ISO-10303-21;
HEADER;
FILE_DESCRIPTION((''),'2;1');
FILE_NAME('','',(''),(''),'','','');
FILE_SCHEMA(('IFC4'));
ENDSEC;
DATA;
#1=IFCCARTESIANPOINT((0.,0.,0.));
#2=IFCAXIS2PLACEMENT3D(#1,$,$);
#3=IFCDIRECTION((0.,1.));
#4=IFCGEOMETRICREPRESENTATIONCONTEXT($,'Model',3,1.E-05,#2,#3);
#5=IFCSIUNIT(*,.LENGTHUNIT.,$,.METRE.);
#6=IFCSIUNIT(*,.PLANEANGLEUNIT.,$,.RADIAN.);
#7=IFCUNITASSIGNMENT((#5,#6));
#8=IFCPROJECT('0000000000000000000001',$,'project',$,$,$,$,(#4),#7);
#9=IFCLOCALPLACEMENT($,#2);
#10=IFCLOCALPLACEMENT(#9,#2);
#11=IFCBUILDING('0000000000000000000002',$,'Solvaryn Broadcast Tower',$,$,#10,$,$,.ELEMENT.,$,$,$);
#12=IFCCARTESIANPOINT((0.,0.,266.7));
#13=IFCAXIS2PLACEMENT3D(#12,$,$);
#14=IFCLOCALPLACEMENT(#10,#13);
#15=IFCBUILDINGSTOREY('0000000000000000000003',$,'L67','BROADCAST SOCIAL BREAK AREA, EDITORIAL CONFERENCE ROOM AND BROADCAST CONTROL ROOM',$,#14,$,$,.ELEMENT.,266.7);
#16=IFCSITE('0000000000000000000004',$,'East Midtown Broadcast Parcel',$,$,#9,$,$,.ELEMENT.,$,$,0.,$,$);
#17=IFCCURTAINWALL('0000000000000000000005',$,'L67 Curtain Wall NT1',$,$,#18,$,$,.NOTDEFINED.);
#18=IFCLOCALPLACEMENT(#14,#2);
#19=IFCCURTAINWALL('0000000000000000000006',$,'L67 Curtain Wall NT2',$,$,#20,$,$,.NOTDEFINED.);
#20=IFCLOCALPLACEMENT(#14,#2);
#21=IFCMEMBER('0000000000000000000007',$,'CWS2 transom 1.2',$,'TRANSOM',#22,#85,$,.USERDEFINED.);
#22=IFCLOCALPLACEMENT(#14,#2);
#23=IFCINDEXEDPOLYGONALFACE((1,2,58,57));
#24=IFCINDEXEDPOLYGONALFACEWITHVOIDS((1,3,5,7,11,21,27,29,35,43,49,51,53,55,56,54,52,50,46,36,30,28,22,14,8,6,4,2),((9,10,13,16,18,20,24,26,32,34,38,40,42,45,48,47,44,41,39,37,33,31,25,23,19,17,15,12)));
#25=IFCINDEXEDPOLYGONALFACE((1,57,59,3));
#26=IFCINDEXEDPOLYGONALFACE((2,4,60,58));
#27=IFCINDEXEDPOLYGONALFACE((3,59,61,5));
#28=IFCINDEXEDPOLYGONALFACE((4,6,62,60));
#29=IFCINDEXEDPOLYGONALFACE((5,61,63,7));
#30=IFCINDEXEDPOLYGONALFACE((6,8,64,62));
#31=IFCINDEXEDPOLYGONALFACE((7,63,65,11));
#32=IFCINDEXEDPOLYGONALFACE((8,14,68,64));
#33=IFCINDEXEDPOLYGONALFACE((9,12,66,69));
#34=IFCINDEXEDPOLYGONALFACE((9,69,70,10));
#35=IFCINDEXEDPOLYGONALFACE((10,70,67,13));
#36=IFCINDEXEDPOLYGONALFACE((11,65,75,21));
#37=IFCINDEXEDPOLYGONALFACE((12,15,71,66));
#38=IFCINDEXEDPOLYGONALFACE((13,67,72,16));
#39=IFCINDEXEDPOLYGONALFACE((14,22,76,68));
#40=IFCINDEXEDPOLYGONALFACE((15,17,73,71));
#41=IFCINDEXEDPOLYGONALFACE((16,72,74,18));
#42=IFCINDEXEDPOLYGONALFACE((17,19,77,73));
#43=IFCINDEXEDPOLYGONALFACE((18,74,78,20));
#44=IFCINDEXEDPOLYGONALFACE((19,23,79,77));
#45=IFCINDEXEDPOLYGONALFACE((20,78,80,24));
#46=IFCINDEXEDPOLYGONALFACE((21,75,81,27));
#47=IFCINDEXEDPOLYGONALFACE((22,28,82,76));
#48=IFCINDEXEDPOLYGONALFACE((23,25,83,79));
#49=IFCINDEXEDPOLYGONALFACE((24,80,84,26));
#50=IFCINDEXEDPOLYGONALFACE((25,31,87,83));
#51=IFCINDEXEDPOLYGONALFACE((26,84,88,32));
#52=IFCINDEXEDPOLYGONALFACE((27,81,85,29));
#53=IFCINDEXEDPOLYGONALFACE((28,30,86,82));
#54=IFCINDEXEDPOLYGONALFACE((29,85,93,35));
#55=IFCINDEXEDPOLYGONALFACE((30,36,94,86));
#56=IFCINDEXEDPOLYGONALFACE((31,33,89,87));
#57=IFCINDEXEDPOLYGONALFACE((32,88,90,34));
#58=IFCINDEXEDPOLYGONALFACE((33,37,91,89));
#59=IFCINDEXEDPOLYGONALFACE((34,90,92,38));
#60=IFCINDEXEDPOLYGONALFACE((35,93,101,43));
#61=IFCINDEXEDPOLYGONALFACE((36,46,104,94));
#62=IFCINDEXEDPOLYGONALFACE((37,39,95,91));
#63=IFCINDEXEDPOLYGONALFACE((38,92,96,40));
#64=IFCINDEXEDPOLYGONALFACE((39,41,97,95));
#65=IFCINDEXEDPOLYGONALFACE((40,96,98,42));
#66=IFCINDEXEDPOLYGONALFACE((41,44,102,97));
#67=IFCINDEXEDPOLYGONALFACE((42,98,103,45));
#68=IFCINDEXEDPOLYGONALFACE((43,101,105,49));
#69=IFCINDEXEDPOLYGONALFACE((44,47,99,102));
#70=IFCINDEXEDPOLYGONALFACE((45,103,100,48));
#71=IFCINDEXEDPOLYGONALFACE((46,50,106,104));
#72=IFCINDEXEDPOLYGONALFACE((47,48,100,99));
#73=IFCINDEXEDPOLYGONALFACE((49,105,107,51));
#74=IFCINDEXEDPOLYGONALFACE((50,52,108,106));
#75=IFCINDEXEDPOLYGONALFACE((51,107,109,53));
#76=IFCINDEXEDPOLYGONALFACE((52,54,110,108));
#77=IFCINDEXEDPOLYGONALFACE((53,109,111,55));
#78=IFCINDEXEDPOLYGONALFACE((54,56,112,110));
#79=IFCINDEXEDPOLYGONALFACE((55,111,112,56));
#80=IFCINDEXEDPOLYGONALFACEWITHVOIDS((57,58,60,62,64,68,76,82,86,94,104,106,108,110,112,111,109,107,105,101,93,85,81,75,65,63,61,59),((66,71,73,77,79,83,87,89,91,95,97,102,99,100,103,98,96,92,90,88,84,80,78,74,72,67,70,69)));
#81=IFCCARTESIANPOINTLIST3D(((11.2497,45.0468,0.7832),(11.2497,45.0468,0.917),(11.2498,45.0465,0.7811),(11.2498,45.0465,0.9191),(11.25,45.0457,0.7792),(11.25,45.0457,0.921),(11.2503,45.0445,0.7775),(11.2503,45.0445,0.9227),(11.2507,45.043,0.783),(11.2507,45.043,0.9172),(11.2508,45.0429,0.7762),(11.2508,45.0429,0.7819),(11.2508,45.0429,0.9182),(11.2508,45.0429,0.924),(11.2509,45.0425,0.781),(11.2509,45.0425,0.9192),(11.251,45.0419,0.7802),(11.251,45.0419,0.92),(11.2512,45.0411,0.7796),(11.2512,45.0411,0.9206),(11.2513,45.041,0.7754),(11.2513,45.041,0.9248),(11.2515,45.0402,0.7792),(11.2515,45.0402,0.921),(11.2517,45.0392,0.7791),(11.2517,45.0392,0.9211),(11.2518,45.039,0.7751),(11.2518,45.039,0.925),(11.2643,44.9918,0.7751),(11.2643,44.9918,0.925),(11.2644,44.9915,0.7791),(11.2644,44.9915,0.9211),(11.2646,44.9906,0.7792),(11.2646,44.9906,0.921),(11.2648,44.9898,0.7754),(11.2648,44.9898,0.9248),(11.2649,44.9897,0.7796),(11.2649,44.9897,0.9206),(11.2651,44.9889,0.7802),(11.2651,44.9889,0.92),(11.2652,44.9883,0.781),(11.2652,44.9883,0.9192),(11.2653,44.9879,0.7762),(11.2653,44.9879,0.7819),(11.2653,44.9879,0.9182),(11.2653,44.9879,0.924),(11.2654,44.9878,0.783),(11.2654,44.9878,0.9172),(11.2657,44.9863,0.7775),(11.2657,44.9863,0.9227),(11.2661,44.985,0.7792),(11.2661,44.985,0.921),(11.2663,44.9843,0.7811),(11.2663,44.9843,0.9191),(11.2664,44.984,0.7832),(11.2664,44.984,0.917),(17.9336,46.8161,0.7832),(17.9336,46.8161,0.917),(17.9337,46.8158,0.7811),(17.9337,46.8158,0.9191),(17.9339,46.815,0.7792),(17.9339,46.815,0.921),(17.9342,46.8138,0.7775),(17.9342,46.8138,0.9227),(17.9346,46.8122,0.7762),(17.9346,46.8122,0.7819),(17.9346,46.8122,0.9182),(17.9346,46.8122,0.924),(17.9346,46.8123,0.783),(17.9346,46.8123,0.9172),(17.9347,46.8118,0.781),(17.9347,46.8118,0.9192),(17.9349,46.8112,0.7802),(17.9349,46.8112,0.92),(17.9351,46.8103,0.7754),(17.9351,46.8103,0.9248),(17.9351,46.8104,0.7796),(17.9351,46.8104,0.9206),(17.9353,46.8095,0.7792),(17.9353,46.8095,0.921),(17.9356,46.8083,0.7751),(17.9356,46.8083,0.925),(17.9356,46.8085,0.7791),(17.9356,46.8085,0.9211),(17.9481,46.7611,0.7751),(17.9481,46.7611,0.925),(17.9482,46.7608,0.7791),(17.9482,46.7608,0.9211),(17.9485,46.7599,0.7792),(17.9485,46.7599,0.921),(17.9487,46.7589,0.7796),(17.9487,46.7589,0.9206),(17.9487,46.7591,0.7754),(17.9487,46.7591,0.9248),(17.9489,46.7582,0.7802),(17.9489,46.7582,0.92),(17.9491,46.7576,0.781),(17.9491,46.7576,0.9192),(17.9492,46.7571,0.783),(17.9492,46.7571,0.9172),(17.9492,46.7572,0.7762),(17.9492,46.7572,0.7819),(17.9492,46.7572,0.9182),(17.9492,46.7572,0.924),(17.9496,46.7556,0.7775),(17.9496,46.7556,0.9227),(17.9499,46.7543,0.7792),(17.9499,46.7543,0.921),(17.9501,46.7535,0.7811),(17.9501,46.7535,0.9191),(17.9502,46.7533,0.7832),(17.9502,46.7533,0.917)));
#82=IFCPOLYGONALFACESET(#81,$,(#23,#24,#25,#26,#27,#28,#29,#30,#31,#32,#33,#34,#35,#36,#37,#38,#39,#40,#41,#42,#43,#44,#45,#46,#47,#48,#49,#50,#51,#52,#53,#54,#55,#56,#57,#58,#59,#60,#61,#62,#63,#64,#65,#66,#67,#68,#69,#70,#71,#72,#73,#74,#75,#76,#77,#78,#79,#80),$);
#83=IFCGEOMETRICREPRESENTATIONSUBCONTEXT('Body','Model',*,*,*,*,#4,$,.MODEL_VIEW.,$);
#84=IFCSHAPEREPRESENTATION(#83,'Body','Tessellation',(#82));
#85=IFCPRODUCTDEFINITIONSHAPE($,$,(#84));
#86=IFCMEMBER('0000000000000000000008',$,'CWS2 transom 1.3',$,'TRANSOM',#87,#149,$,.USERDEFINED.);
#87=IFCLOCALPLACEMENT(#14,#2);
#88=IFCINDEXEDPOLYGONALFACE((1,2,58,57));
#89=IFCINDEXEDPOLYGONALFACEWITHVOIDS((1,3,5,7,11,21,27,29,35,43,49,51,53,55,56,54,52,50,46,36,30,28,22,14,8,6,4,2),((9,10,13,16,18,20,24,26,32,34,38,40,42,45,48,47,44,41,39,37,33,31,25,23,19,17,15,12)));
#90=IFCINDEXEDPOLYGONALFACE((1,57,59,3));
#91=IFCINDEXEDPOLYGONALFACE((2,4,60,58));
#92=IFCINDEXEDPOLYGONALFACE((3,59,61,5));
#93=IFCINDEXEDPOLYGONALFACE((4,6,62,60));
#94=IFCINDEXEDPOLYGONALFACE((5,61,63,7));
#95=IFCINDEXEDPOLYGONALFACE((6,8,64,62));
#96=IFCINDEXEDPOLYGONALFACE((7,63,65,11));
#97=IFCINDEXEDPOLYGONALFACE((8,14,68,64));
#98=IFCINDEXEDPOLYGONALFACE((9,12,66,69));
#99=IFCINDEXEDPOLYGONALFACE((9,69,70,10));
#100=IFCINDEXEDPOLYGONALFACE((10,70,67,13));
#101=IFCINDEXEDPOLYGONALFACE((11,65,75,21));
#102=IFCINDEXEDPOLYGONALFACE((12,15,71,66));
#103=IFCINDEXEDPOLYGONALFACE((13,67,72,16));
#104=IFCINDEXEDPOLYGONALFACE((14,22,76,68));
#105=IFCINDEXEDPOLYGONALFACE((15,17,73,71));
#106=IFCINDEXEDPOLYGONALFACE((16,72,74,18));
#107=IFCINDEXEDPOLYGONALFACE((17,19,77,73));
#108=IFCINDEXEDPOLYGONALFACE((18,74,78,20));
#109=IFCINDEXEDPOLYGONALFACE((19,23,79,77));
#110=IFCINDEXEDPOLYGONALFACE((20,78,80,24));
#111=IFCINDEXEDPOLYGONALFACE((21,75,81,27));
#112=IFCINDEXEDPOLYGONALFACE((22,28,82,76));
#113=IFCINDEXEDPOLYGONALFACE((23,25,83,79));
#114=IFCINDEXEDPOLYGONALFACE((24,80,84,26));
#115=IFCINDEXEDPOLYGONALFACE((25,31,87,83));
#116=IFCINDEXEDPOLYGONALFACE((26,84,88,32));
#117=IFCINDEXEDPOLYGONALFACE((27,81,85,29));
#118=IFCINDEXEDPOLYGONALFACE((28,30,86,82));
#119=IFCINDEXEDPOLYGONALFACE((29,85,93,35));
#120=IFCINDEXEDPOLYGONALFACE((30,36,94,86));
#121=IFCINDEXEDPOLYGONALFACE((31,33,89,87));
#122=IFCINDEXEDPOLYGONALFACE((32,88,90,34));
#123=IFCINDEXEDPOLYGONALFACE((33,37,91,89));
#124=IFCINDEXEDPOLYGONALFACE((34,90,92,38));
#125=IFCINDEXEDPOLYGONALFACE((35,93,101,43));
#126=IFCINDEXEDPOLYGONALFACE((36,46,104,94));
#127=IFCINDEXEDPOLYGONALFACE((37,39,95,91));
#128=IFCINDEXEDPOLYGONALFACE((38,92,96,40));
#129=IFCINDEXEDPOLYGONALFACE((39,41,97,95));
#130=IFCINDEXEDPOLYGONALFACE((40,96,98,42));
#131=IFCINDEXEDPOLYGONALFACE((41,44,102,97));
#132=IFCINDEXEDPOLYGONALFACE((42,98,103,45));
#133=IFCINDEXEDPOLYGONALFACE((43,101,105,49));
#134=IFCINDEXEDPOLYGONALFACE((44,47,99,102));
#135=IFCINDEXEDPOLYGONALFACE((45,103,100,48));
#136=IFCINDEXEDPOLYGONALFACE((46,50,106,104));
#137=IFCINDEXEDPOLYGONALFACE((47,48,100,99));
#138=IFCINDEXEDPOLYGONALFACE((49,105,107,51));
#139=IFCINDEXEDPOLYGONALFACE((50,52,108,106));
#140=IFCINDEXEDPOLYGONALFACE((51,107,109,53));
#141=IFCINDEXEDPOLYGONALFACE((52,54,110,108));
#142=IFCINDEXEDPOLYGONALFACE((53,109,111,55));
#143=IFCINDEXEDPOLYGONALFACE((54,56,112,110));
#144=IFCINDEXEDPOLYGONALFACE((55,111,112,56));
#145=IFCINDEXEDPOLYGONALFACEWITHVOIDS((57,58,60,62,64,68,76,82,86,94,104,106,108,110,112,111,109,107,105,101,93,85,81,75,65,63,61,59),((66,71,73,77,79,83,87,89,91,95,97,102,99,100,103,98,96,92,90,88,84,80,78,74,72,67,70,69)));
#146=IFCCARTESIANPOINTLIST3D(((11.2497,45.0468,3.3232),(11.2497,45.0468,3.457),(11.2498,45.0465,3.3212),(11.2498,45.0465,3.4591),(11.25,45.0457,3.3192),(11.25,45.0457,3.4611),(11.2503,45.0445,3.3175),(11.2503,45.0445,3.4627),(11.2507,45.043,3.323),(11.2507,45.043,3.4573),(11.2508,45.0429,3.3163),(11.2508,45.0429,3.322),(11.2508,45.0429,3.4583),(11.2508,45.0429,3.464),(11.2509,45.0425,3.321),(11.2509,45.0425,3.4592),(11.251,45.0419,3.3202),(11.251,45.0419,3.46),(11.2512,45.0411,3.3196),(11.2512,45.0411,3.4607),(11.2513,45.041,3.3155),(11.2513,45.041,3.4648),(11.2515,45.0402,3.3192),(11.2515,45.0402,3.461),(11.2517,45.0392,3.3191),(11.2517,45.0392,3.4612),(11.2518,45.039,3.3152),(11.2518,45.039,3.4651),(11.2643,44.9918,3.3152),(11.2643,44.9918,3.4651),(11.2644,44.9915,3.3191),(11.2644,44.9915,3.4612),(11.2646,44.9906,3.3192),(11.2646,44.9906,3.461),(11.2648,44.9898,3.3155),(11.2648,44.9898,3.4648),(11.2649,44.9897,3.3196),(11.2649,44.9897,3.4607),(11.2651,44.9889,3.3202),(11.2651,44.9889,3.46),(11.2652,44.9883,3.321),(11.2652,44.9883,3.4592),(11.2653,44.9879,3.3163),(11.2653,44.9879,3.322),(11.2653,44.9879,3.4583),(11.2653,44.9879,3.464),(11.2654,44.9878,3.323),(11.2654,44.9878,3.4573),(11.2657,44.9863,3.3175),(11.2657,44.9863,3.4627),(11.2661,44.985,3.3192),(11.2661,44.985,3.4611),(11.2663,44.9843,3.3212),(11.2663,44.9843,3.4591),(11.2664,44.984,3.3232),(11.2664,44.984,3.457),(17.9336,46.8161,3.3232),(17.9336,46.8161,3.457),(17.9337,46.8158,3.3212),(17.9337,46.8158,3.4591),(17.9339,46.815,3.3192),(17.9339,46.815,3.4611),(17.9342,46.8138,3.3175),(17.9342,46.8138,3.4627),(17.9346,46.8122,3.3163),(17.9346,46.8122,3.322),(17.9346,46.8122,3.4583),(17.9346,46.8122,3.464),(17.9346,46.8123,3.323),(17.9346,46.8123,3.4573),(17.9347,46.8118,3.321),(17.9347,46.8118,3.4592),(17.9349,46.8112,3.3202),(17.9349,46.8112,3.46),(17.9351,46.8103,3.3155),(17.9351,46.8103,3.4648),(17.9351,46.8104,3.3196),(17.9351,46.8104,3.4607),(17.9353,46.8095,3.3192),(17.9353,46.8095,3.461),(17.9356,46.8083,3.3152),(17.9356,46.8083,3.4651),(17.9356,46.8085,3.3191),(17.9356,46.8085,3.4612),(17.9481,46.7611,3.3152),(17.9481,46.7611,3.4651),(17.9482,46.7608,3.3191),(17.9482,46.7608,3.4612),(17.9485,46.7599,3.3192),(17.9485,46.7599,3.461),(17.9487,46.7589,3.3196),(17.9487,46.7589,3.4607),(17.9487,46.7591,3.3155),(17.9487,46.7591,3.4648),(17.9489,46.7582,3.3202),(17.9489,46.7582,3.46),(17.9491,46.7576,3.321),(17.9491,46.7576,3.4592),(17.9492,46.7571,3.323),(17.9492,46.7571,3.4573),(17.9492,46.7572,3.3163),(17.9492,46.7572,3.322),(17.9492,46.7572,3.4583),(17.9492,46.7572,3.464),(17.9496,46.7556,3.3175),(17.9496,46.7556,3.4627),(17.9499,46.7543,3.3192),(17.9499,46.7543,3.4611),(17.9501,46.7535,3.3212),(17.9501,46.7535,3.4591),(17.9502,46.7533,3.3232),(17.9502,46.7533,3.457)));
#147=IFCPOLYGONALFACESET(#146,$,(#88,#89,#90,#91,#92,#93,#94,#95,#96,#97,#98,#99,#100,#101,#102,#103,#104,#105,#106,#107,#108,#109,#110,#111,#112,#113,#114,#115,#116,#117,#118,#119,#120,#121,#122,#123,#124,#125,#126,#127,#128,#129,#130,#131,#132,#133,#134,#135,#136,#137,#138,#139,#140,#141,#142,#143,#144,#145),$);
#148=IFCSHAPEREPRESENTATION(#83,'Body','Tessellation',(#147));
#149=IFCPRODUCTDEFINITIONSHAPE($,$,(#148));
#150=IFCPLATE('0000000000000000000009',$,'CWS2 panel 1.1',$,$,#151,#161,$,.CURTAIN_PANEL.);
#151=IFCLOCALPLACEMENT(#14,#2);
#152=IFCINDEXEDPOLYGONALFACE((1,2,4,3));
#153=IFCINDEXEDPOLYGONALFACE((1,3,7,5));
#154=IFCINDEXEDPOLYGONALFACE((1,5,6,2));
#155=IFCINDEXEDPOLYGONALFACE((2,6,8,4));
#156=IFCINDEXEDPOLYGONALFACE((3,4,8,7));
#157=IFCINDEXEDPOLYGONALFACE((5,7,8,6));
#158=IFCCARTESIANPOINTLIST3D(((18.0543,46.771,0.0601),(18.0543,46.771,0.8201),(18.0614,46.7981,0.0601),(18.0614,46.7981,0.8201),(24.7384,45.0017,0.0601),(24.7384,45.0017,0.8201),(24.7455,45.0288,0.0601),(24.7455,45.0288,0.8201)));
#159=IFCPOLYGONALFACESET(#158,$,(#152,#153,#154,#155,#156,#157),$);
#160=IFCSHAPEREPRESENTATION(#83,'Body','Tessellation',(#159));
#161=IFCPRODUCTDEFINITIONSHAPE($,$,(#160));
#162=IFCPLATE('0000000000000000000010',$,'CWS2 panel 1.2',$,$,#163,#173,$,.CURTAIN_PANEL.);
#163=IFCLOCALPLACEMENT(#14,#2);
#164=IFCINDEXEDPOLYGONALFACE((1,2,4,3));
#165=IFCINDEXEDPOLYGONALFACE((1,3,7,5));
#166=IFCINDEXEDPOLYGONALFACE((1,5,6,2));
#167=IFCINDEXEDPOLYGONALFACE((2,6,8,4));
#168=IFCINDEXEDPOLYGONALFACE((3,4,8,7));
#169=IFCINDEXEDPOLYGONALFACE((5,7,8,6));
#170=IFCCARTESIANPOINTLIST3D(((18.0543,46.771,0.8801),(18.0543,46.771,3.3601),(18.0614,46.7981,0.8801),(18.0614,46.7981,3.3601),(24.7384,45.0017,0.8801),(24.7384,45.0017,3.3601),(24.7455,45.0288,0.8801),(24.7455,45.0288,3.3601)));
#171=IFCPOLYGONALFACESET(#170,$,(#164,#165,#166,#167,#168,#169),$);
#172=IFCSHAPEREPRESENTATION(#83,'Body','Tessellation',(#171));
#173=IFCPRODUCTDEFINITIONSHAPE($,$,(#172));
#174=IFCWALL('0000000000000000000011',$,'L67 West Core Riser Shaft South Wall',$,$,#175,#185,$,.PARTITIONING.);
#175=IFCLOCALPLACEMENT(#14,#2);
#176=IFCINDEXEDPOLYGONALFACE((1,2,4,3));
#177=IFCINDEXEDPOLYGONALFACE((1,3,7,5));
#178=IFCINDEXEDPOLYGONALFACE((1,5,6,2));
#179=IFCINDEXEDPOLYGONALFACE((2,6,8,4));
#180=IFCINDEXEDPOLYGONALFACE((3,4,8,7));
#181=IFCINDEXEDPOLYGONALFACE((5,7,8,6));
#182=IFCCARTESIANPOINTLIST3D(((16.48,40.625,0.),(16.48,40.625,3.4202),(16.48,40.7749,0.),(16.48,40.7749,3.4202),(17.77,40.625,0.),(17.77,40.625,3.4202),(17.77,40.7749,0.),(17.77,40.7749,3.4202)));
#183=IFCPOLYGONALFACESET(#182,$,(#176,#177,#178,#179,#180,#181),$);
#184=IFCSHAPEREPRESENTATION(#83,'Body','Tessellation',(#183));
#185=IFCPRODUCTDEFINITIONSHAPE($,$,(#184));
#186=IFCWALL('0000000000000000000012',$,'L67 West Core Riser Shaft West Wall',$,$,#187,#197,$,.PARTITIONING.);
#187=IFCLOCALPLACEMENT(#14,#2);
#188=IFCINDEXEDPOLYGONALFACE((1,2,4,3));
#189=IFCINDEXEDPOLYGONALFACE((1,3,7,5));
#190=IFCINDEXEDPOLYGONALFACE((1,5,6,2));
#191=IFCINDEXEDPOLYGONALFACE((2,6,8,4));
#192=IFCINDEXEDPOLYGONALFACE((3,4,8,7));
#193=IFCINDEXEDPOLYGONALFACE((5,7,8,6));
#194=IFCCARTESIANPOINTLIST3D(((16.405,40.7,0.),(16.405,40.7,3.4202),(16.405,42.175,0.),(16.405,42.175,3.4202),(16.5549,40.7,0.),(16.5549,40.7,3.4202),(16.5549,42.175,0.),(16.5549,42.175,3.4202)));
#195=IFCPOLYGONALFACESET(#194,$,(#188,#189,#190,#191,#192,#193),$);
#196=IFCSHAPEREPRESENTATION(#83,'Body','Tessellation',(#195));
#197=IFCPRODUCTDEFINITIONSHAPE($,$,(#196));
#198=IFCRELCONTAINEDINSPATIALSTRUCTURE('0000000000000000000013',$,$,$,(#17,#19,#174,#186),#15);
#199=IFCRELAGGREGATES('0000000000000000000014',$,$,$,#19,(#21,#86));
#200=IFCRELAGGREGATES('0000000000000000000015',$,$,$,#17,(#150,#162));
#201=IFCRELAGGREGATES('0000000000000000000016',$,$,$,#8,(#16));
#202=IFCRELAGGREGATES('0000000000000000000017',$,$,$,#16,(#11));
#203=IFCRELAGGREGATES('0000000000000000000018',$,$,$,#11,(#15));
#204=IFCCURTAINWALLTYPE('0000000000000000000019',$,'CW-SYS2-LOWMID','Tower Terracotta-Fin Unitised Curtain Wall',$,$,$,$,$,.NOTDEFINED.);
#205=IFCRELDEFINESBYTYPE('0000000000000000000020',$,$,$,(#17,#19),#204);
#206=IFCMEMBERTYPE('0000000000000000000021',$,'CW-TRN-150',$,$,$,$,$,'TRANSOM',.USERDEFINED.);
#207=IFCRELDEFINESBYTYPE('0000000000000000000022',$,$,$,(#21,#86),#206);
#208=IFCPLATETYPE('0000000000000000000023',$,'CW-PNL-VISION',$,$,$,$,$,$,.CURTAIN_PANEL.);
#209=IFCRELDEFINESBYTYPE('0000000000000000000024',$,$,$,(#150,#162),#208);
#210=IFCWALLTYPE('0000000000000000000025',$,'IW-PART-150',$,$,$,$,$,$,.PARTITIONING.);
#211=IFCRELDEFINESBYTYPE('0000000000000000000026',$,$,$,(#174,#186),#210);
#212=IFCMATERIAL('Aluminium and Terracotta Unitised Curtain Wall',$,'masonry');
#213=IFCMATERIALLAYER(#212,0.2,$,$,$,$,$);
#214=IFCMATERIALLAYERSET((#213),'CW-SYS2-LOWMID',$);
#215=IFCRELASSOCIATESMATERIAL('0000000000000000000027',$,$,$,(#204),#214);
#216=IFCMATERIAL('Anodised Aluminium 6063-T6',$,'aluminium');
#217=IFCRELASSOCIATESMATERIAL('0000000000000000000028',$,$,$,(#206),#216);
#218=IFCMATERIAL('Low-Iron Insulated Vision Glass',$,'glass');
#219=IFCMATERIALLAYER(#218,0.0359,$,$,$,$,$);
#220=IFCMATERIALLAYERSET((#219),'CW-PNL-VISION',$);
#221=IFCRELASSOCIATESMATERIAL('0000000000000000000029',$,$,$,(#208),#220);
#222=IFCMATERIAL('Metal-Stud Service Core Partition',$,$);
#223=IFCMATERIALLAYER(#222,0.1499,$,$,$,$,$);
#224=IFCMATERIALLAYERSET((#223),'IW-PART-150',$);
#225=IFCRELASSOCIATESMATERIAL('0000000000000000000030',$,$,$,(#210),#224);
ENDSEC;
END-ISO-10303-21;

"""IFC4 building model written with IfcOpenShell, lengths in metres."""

from ifc_helpers import new_model, si_unit, direction, frame, frame_2d, origin, origin_2d, place, context, subcontext, project, spatial, rectangle, hollow_rectangle, extrude, material, layer, layer_set, material_profile, profile_set, type_object, element, aggregate, save


model = new_model("IFC4")

# Units and contexts
model_context = context("Model", 3, precision=1e-05, world=origin(), true_north=direction((0.0, 1.0)))
body_context = subcontext(model_context, "Body", "Model", "MODEL_VIEW")
ifc_project = project(units=[si_unit("LENGTHUNIT", "METRE"), si_unit("PLANEANGLEUNIT", "RADIAN")], contexts=[model_context])

# Site, building, storey
site_placement = place(None, origin())
site = spatial("IfcSite", under=ifc_project, at=site_placement, Name="East Midtown Broadcast Parcel", CompositionType="ELEMENT", RefElevation=0.0)
building_placement = place(site_placement, origin())
building = spatial("IfcBuilding", under=site, at=building_placement, Name="Solvaryn Broadcast Tower", CompositionType="ELEMENT")
storey_placement = place(building_placement, frame((0.0, 0.0, 266.7)))
storey = spatial("IfcBuildingStorey", under=building, at=storey_placement, Name="L67", Description="BROADCAST SOCIAL BREAK AREA, EDITORIAL CONFERENCE ROOM AND BROADCAST CONTROL ROOM", CompositionType="ELEMENT", Elevation=266.7)

# Curtain wall
ifc_material_1 = material(Name="Aluminium and Terracotta Unitised Curtain Wall", Category="masonry")
ifc_layer_1 = layer(ifc_material_1, 0.2)
ifc_layer_set_1 = layer_set([ifc_layer_1], Name="CW-SYS2-LOWMID")
curtain_wall_type = type_object("IfcCurtainWallType", Name="CW-SYS2-LOWMID", Description="Tower Terracotta-Fin Unitised Curtain Wall", PredefinedType="NOTDEFINED", material=ifc_layer_set_1)
curtain_wall_1_placement = place(storey_placement, origin())
curtain_wall_1 = element("IfcCurtainWall", 1, at=curtain_wall_1_placement, inside=storey, type_object=curtain_wall_type, Name="L67 Curtain Wall NT1", PredefinedType="NOTDEFINED")

# Curtain wall, members
curtain_wall_2_placement = place(storey_placement, origin())
curtain_wall_2 = element("IfcCurtainWall", 2, at=curtain_wall_2_placement, inside=storey, type_object=curtain_wall_type, Name="L67 Curtain Wall NT2", PredefinedType="NOTDEFINED")
ifc_material_2 = material(Name="Anodised Aluminium 6063-T6", Category="aluminium")
ifc_material_profile_1 = material_profile(ifc_material_2, hollow_rectangle(XDim=0.0649, YDim=0.1499, WallThickness=0.0039, InnerFilletRadius=0.0039, OuterFilletRadius=0.0081, at=origin_2d()))
ifc_profile_set_1 = profile_set([ifc_material_profile_1], Name="Anodised Aluminium 6063-T6")
member_type_1 = type_object("IfcMemberType", Name="CW-TRN-150", ElementType="TRANSOM", PredefinedType="USERDEFINED", material=ifc_profile_set_1)
member_1_placement = place(storey_placement, frame((17.9419, 46.7847, 0.8501), z_axis=(-0.966704, -0.255897, 0.0), x_axis=(0.255897, -0.966704, 0.0)))
member_1 = element("IfcMember", 3, at=member_1_placement, type_object=member_type_1, Name="CWS2 transom 1.2", ObjectType="TRANSOM", PredefinedType="USERDEFINED", context=body_context, shape_type="SweptSolid", body=[
    extrude(hollow_rectangle(XDim=0.0649, YDim=0.1499, WallThickness=0.0039, InnerFilletRadius=0.0039, OuterFilletRadius=0.0081, at=origin_2d()), origin(), (0.0, 0.0, 1.0), 6.9141),
])
member_2_placement = place(storey_placement, frame((17.9419, 46.7847, 3.3901), z_axis=(-0.966704, -0.255897, 0.0), x_axis=(0.255897, -0.966704, 0.0)))
member_2 = element("IfcMember", 4, at=member_2_placement, type_object=member_type_1, Name="CWS2 transom 1.3", ObjectType="TRANSOM", PredefinedType="USERDEFINED", context=body_context, shape_type="SweptSolid", body=[
    extrude(hollow_rectangle(XDim=0.0649, YDim=0.1499, WallThickness=0.0039, InnerFilletRadius=0.0039, OuterFilletRadius=0.0081, at=origin_2d()), origin(), (0.0, 0.0, 1.0), 6.9141),
])
aggregate(curtain_wall_2, [member_1, member_2])

# Plates
ifc_material_3 = material(Name="Low-Iron Insulated Vision Glass", Category="glass")
ifc_layer_2 = layer(ifc_material_3, 0.0359)
ifc_layer_set_2 = layer_set([ifc_layer_2], Name="CW-PNL-VISION")
plate_type = type_object("IfcPlateType", Name="CW-PNL-VISION", PredefinedType="CURTAIN_PANEL", material=ifc_layer_set_2)
plate_1_placement = place(storey_placement, frame((21.3999, 45.8999, 0.0601), z_axis=(0.0, 0.0, 1.0), x_axis=(-0.966705, 0.255893, 0.0)))
plate_1 = element("IfcPlate", 5, at=plate_1_placement, type_object=plate_type, Name="CWS2 panel 1.1", PredefinedType="CURTAIN_PANEL", context=body_context, shape_type="SweptSolid", body=[
    extrude(rectangle(XDim=6.9143, YDim=0.0281, at=origin_2d()), origin(), (0.0, 0.0, 1.0), 0.76),
])
plate_2_placement = place(storey_placement, frame((21.3999, 45.8999, 0.8801), z_axis=(0.0, 0.0, 1.0), x_axis=(-0.966705, 0.255893, 0.0)))
plate_2 = element("IfcPlate", 6, at=plate_2_placement, type_object=plate_type, Name="CWS2 panel 1.2", PredefinedType="CURTAIN_PANEL", context=body_context, shape_type="SweptSolid", body=[
    extrude(rectangle(XDim=6.9143, YDim=0.0281, at=origin_2d()), origin(), (0.0, 0.0, 1.0), 2.48),
])
aggregate(curtain_wall_1, [plate_1, plate_2])

# Walls
ifc_material_4 = material(Name="Metal-Stud Service Core Partition")
ifc_layer_3 = layer(ifc_material_4, 0.1499)
ifc_layer_set_3 = layer_set([ifc_layer_3], Name="IW-PART-150")
wall_type_1 = type_object("IfcWallType", Name="IW-PART-150", PredefinedType="PARTITIONING", material=ifc_layer_set_3)
wall_1_placement = place(storey_placement, frame((16.48, 40.7, 0.0), z_axis=(0.0, 0.0, 1.0), x_axis=(1.0, 0.0, 0.0)))
element("IfcWall", 7, at=wall_1_placement, inside=storey, type_object=wall_type_1, Name="L67 West Core Riser Shaft South Wall", PredefinedType="PARTITIONING", context=body_context, shape_type="SweptSolid", body=[
    extrude(rectangle(XDim=1.29, YDim=0.1499, at=frame_2d((0.645, 0.0))), origin(), (0.0, 0.0, 1.0), 3.4202),
])
wall_2_placement = place(storey_placement, frame((16.48, 40.7, 0.0), z_axis=(0.0, 0.0, 1.0), x_axis=(0.0, 1.0, 0.0)))
element("IfcWall", 8, at=wall_2_placement, inside=storey, type_object=wall_type_1, Name="L67 West Core Riser Shaft West Wall", PredefinedType="PARTITIONING", context=body_context, shape_type="SweptSolid", body=[
    extrude(rectangle(XDim=1.4751, YDim=0.1499, at=frame_2d((0.7375, 0.0))), origin(), (0.0, 0.0, 1.0), 3.4202),
])

save(model, "model.ifc")
